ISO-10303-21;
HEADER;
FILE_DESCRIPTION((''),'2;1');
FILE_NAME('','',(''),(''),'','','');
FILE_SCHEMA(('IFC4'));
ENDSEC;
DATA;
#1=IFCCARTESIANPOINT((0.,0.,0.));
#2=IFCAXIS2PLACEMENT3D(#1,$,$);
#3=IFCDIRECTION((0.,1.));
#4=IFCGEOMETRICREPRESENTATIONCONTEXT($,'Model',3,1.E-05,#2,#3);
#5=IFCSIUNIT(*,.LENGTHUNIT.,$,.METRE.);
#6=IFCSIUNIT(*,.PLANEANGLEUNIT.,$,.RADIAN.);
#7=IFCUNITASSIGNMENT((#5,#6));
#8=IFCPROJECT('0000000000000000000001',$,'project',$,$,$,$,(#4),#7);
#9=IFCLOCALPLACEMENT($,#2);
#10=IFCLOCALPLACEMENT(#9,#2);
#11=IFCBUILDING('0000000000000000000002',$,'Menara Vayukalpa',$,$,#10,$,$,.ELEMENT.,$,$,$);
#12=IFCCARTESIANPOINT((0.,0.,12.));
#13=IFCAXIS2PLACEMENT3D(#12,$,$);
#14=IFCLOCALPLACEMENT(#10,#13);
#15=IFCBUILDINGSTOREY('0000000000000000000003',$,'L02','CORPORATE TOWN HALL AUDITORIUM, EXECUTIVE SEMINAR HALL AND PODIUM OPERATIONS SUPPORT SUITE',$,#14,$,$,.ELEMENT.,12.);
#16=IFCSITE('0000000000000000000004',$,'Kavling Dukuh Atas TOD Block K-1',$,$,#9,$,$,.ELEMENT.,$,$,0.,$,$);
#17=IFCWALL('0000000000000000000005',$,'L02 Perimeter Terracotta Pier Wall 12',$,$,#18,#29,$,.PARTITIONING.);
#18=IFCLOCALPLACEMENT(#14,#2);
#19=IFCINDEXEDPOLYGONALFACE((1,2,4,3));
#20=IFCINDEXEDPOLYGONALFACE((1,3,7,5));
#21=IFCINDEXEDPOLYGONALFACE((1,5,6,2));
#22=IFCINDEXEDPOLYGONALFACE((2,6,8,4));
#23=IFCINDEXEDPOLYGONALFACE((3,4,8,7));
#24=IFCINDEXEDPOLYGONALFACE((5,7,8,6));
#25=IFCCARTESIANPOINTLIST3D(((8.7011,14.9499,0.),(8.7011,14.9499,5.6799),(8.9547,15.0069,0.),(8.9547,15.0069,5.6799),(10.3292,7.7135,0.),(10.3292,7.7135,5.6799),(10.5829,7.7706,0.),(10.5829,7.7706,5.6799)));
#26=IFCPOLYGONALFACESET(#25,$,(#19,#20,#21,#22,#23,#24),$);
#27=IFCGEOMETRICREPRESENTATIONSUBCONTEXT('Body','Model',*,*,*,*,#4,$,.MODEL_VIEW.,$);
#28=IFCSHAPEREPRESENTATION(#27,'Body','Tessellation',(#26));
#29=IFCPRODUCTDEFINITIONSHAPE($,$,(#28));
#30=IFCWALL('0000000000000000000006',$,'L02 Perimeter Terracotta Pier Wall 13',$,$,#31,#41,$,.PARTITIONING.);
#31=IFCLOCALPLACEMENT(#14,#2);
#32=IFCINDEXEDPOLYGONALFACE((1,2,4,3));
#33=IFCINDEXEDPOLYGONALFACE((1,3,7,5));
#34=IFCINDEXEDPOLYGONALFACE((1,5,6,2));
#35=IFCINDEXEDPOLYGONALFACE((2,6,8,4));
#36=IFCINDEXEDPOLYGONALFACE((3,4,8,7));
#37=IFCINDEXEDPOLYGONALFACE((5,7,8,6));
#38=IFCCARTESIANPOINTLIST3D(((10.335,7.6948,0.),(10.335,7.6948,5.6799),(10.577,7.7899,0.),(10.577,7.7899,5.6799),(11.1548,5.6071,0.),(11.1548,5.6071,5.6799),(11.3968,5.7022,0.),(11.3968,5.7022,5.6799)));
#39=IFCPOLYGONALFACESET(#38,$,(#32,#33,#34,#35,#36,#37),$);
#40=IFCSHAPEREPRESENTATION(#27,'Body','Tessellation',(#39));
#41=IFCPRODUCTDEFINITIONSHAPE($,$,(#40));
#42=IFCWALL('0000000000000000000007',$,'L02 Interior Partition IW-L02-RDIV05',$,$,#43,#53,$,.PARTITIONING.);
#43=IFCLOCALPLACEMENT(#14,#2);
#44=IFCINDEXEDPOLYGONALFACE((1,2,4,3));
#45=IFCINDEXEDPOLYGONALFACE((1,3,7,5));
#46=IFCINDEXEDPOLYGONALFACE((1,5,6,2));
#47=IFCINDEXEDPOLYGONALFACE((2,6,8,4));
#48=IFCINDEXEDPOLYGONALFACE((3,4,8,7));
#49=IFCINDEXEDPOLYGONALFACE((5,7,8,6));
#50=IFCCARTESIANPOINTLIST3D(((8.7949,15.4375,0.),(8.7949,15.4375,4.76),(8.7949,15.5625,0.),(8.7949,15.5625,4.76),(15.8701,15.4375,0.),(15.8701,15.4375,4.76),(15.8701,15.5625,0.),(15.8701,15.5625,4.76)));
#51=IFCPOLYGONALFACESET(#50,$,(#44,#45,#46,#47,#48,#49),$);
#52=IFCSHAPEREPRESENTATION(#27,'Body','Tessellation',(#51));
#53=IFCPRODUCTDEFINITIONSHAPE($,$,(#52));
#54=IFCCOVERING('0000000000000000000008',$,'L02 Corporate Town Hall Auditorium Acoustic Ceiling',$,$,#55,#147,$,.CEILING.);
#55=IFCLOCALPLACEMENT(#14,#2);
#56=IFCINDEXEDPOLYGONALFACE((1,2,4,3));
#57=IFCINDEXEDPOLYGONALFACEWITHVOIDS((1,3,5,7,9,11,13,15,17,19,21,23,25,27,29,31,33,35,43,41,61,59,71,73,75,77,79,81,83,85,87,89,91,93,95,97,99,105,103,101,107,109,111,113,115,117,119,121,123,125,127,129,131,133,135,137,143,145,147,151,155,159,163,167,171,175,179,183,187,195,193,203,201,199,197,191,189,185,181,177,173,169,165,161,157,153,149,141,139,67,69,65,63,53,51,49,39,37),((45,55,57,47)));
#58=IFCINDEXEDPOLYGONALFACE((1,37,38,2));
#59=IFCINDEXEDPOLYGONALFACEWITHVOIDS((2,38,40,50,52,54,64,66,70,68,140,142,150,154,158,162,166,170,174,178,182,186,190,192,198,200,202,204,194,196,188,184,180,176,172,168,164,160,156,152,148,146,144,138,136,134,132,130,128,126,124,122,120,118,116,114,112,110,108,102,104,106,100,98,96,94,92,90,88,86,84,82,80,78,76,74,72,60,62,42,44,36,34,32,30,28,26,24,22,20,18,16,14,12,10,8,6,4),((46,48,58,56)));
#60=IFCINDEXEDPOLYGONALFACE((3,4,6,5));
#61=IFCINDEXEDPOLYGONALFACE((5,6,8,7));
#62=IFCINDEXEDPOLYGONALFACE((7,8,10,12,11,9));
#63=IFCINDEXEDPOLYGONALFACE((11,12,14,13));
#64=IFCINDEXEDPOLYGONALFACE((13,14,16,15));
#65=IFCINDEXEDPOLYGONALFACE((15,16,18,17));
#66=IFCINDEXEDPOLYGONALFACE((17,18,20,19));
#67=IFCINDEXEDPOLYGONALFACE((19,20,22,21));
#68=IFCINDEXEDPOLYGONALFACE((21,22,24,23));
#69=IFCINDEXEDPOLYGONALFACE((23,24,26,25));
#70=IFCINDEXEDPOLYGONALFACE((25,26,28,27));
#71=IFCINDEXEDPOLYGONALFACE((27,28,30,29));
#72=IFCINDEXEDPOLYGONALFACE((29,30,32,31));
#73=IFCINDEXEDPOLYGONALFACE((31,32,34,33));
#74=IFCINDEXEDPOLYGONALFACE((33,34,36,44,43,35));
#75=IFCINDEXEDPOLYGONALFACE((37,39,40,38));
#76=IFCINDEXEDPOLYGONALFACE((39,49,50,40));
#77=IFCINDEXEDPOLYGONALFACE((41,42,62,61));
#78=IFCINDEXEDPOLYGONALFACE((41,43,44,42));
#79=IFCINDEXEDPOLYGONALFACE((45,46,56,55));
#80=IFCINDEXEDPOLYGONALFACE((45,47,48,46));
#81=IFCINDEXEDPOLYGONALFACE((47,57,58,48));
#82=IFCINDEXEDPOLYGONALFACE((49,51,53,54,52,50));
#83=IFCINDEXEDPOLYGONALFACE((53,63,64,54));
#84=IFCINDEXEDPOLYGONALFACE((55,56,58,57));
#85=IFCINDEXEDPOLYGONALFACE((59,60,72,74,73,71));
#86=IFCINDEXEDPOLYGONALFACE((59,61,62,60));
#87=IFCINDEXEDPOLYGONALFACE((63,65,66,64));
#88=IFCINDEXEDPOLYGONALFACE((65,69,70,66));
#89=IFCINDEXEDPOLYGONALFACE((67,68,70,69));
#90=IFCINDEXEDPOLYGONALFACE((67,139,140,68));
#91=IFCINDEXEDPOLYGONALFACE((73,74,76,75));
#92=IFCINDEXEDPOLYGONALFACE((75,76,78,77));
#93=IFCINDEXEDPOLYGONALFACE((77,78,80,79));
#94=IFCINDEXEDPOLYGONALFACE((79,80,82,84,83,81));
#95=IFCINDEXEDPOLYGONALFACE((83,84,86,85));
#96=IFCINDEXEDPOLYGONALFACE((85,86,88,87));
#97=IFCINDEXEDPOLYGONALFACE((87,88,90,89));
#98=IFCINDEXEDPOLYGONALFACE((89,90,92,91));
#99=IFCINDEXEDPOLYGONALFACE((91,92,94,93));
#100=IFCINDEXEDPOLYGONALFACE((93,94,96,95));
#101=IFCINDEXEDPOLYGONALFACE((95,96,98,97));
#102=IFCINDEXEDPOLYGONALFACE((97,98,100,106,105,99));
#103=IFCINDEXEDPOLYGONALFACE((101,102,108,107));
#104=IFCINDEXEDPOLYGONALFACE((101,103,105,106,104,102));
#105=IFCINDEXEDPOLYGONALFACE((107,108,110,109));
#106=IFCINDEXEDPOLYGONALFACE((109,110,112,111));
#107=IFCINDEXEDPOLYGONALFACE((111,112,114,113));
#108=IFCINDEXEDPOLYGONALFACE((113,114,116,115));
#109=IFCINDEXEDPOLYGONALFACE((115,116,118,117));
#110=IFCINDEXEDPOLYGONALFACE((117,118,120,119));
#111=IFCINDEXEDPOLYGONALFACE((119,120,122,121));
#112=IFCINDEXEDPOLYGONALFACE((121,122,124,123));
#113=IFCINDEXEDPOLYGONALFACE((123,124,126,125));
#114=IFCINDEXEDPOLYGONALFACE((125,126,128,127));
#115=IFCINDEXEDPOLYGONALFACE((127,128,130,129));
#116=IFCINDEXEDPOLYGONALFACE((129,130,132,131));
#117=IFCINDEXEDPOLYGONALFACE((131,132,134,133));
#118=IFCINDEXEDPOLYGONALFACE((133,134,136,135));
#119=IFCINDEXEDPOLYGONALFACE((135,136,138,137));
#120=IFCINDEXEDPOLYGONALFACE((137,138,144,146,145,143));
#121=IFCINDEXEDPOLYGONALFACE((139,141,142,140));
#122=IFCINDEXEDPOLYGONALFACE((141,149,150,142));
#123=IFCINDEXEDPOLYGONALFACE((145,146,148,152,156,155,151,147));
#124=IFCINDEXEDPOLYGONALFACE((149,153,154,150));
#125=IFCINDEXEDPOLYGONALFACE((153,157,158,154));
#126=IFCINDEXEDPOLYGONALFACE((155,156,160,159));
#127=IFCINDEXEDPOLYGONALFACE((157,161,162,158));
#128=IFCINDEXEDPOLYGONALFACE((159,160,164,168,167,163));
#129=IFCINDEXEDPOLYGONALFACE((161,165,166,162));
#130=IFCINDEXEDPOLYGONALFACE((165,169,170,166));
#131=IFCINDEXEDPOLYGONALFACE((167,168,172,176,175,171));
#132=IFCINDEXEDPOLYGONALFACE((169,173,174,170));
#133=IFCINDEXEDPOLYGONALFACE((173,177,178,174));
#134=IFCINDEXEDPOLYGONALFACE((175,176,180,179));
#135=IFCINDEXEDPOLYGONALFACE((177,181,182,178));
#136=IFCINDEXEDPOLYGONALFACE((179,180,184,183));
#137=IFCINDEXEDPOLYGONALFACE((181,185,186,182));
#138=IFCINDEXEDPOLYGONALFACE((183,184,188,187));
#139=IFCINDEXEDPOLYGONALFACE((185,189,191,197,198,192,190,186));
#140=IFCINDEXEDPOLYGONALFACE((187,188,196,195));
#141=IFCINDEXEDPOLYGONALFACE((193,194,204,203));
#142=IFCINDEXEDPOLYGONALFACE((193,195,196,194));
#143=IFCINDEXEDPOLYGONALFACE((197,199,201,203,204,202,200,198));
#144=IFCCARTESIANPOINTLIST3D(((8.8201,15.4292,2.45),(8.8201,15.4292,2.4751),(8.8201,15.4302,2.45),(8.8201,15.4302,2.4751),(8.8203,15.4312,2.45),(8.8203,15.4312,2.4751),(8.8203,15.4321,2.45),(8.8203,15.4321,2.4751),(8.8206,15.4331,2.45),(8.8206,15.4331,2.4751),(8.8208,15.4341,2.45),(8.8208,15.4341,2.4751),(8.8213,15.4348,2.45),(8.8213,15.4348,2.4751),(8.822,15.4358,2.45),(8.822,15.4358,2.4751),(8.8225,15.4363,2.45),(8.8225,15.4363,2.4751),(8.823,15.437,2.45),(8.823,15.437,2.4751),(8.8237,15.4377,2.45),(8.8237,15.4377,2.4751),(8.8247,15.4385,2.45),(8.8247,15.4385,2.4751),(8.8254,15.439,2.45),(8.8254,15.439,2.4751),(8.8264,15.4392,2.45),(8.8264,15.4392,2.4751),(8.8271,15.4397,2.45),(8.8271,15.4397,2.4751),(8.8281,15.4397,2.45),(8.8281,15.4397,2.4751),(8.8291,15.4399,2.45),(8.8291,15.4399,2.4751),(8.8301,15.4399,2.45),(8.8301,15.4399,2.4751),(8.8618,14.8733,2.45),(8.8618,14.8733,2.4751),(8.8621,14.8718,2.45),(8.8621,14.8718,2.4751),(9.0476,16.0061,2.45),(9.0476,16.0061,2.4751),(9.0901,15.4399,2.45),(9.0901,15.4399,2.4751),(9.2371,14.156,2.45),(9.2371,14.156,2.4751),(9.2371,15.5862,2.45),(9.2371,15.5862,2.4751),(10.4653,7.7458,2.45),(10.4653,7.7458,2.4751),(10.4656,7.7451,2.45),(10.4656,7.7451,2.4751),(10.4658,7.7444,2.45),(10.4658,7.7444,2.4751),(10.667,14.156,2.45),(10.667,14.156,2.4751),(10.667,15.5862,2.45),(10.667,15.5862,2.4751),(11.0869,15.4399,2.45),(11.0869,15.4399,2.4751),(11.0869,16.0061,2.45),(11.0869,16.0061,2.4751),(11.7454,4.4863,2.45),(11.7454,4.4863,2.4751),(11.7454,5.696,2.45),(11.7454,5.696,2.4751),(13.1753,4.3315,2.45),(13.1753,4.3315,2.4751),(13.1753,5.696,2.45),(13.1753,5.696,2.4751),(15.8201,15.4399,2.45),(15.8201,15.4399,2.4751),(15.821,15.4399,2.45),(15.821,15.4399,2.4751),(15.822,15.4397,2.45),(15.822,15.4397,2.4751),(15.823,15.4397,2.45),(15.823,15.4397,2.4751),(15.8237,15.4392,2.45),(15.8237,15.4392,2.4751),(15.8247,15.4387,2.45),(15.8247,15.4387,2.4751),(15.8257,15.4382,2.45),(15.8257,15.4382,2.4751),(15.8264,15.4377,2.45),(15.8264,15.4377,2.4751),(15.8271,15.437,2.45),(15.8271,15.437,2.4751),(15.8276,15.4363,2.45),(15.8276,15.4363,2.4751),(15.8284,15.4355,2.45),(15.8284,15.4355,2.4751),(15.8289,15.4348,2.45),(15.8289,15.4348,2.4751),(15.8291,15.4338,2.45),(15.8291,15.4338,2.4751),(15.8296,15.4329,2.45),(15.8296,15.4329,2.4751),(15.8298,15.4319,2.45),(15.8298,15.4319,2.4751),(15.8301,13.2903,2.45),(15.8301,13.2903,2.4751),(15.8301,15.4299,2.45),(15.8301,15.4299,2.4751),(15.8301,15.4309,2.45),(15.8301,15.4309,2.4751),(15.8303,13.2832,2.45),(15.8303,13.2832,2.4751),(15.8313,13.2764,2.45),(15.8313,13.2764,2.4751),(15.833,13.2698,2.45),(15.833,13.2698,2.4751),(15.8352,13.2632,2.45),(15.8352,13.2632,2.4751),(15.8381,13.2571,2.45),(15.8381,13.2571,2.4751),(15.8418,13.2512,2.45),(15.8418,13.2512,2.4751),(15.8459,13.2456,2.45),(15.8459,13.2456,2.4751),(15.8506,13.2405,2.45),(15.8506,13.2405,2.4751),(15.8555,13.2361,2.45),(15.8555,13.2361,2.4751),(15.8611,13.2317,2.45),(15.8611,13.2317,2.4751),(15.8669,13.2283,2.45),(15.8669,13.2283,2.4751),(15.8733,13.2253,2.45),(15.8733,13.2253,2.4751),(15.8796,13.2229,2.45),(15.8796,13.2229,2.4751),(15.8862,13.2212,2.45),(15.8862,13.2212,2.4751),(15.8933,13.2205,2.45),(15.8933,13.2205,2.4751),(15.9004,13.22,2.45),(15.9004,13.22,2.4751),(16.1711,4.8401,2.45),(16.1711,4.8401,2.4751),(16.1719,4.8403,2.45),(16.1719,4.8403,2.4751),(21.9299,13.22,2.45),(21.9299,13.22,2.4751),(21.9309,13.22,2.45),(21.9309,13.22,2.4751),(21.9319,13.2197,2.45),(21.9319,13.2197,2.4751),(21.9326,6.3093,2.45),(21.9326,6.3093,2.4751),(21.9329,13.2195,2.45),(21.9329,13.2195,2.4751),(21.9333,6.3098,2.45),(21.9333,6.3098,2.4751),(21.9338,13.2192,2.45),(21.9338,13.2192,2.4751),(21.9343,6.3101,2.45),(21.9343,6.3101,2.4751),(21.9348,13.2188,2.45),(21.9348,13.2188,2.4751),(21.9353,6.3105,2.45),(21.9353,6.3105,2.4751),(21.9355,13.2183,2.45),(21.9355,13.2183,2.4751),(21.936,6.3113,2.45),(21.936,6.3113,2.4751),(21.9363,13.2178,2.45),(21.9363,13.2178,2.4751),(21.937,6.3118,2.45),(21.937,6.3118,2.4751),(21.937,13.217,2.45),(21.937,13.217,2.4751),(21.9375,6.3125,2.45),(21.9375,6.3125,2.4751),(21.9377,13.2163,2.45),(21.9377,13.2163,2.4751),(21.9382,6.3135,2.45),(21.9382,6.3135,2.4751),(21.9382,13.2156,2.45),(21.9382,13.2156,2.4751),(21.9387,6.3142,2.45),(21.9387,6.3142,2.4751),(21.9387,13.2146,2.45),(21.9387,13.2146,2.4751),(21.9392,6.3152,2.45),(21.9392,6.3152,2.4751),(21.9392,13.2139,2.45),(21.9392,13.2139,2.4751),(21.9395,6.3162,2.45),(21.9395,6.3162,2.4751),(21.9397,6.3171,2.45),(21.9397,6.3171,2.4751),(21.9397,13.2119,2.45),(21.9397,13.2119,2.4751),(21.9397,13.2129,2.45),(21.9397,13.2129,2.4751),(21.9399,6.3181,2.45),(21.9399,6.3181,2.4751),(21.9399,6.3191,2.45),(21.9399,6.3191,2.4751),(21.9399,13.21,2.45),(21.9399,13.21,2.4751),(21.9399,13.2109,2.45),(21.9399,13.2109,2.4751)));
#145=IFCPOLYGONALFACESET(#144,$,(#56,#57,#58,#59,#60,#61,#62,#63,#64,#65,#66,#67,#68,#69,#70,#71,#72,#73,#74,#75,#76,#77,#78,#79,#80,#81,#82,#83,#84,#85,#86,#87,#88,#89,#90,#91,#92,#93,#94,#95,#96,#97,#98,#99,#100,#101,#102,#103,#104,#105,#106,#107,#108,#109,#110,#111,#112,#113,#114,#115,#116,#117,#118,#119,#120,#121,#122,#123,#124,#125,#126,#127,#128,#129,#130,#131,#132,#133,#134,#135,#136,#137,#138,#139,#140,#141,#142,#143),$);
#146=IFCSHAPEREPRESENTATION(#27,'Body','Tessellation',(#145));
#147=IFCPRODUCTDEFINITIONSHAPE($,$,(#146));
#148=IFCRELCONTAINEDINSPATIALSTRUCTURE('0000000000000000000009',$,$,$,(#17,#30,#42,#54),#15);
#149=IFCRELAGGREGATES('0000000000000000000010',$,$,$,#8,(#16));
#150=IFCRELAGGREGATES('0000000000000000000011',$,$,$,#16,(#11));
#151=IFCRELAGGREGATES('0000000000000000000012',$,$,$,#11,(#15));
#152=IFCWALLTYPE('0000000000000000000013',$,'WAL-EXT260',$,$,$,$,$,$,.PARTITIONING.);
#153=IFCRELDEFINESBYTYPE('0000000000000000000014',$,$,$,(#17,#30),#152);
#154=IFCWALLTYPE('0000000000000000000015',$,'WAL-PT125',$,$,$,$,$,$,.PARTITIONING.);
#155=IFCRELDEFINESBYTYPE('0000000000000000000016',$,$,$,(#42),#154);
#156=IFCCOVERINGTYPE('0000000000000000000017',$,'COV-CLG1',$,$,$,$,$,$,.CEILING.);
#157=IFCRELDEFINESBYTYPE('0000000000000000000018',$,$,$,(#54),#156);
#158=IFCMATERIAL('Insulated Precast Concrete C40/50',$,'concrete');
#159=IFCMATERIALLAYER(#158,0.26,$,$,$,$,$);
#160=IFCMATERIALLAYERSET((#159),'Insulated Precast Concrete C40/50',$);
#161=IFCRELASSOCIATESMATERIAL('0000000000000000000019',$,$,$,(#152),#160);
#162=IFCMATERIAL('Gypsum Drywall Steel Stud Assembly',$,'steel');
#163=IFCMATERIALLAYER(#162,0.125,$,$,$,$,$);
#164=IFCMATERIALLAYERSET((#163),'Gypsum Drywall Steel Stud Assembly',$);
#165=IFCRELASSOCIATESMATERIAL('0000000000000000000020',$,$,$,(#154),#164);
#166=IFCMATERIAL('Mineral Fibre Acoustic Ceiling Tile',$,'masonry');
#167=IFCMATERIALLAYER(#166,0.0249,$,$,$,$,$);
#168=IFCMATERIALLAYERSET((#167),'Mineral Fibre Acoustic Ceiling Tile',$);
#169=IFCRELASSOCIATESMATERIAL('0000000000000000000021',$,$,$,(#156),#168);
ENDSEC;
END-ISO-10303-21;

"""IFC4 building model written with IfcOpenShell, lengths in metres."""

from ifc_helpers import new_model, si_unit, direction, frame, frame_2d, origin, place, context, subcontext, project, spatial, polyline, rectangle, outline, extrude, material, layer, layer_set, type_object, element, save


model = new_model("IFC4")

# Units and contexts
model_context = context("Model", 3, precision=1e-05, world=origin(), true_north=direction((0.0, 1.0)))
body_context = subcontext(model_context, "Body", "Model", "MODEL_VIEW")
ifc_project = project(units=[si_unit("LENGTHUNIT", "METRE"), si_unit("PLANEANGLEUNIT", "RADIAN")], contexts=[model_context])

# Site, building, storey
site_placement = place(None, origin())
site = spatial("IfcSite", under=ifc_project, at=site_placement, Name="Kavling Dukuh Atas TOD Block K-1", CompositionType="ELEMENT", RefElevation=0.0)
building_placement = place(site_placement, origin())
building = spatial("IfcBuilding", under=site, at=building_placement, Name="Menara Vayukalpa", CompositionType="ELEMENT")
storey_placement = place(building_placement, frame((0.0, 0.0, 12.0)))
storey = spatial("IfcBuildingStorey", under=building, at=storey_placement, Name="L02", Description="CORPORATE TOWN HALL AUDITORIUM, EXECUTIVE SEMINAR HALL AND PODIUM OPERATIONS SUPPORT SUITE", CompositionType="ELEMENT", Elevation=12.0)

# Walls
ifc_material_1 = material(Name="Insulated Precast Concrete C40/50", Category="concrete")
ifc_layer_1 = layer(ifc_material_1, 0.26)
ifc_layer_set_1 = layer_set([ifc_layer_1], Name="Insulated Precast Concrete C40/50")
wall_type_1 = type_object("IfcWallType", Name="WAL-EXT260", PredefinedType="PARTITIONING", material=ifc_layer_set_1)
wall_1_placement = place(storey_placement, frame((10.4561, 7.7422, 0.0), z_axis=(0.0, 0.0, 1.0), x_axis=(-0.219512, 0.97561, 0.0)))
element("IfcWall", 1, at=wall_1_placement, inside=storey, type_object=wall_type_1, Name="L02 Perimeter Terracotta Pier Wall 12", PredefinedType="PARTITIONING", context=body_context, shape_type="SweptSolid", body=[
    extrude(rectangle(XDim=7.4172, YDim=0.26, at=frame_2d((3.7085, 0.0))), origin(), (0.0, 0.0, 1.0), 5.6799),
])
wall_2_placement = place(storey_placement, frame((11.2759, 5.6545, 0.0), z_axis=(0.0, 0.0, 1.0), x_axis=(-0.365528, 0.9308, 0.0)))
element("IfcWall", 2, at=wall_2_placement, inside=storey, type_object=wall_type_1, Name="L02 Perimeter Terracotta Pier Wall 13", PredefinedType="PARTITIONING", context=body_context, shape_type="SweptSolid", body=[
    extrude(rectangle(XDim=2.2429, YDim=0.26, at=frame_2d((1.1216, 0.0))), origin(), (0.0, 0.0, 1.0), 5.6799),
])
ifc_material_2 = material(Name="Gypsum Drywall Steel Stud Assembly", Category="steel")
ifc_layer_2 = layer(ifc_material_2, 0.125)
ifc_layer_set_2 = layer_set([ifc_layer_2], Name="Gypsum Drywall Steel Stud Assembly")
wall_type_2 = type_object("IfcWallType", Name="WAL-PT125", PredefinedType="PARTITIONING", material=ifc_layer_set_2)
wall_3_placement = place(storey_placement, frame((8.7949, 15.5, 0.0), z_axis=(0.0, 0.0, 1.0), x_axis=(1.0, 0.0, 0.0)))
element("IfcWall", 3, at=wall_3_placement, inside=storey, type_object=wall_type_2, Name="L02 Interior Partition IW-L02-RDIV05", PredefinedType="PARTITIONING", context=body_context, shape_type="SweptSolid", body=[
    extrude(rectangle(XDim=7.0752, YDim=0.125, at=frame_2d((3.5376, 0.0))), origin(), (0.0, 0.0, 1.0), 4.76),
])

# Covering
ifc_material_3 = material(Name="Mineral Fibre Acoustic Ceiling Tile", Category="masonry")
ifc_layer_3 = layer(ifc_material_3, 0.0249)
ifc_layer_set_3 = layer_set([ifc_layer_3], Name="Mineral Fibre Acoustic Ceiling Tile")
covering_type_1 = type_object("IfcCoveringType", Name="COV-CLG1", PredefinedType="CEILING", material=ifc_layer_set_3)
covering_1_placement = place(storey_placement, frame((0.0, 0.0, 2.45)))
element("IfcCovering", 4, at=covering_1_placement, inside=storey, type_object=covering_type_1, Name="L02 Corporate Town Hall Auditorium Acoustic Ceiling", PredefinedType="CEILING", context=body_context, shape_type="SweptSolid", body=[
    extrude(outline(polyline([(10.4658, 7.7444), (10.4656, 7.7451), (10.4653, 7.7458), (8.8621, 14.8718), (8.8618, 14.8733), (8.8201, 15.4292), (8.8201, 15.4302), (8.8203, 15.4312), (8.8203, 15.4321), (8.8206, 15.4331), (8.8208, 15.4341), (8.8213, 15.4348), (8.822, 15.4358), (8.8225, 15.4363), (8.823, 15.437), (8.8237, 15.4377), (8.8247, 15.4385), (8.8254, 15.439), (8.8264, 15.4392), (8.8271, 15.4397), (8.8281, 15.4397), (8.8291, 15.4399), (8.8301, 15.4399), (9.0901, 15.4399), (9.0476, 16.0061), (11.0869, 16.0061), (11.0869, 15.4399), (15.8201, 15.4399), (15.821, 15.4399), (15.822, 15.4397), (15.823, 15.4397), (15.8237, 15.4392), (15.8247, 15.4387), (15.8257, 15.4382), (15.8264, 15.4377), (15.8271, 15.437), (15.8276, 15.4363), (15.8284, 15.4355), (15.8289, 15.4348), (15.8291, 15.4338), (15.8296, 15.4329), (15.8298, 15.4319), (15.8301, 15.4309), (15.8301, 15.4299), (15.8301, 13.2903), (15.8303, 13.2832), (15.8313, 13.2764), (15.833, 13.2698), (15.8352, 13.2632), (15.8381, 13.2571), (15.8418, 13.2512), (15.8459, 13.2456), (15.8506, 13.2405), (15.8555, 13.2361), (15.8611, 13.2317), (15.8669, 13.2283), (15.8733, 13.2253), (15.8796, 13.2229), (15.8862, 13.2212), (15.8933, 13.2205), (15.9004, 13.22), (21.9299, 13.22), (21.9309, 13.22), (21.9319, 13.2197), (21.9329, 13.2195), (21.9338, 13.2192), (21.9348, 13.2188), (21.9355, 13.2183), (21.9363, 13.2178), (21.937, 13.217), (21.9377, 13.2163), (21.9382, 13.2156), (21.9387, 13.2146), (21.9392, 13.2139), (21.9397, 13.2129), (21.9397, 13.2119), (21.9399, 13.2109), (21.9399, 13.21), (21.9399, 6.3191), (21.9399, 6.3181), (21.9397, 6.3171), (21.9395, 6.3162), (21.9392, 6.3152), (21.9387, 6.3142), (21.9382, 6.3135), (21.9375, 6.3125), (21.937, 6.3118), (21.936, 6.3113), (21.9353, 6.3105), (21.9343, 6.3101), (21.9333, 6.3098), (21.9326, 6.3093), (16.1719, 4.8403), (16.1711, 4.8401), (13.1753, 4.3315), (13.1753, 5.696), (11.7454, 5.696), (11.7454, 4.4863), (10.4658, 7.7444)]), holes=[polyline([(10.667, 15.5862), (9.2371, 15.5862), (9.2371, 14.156), (10.667, 14.156), (10.667, 15.5862)])]), origin(), (0.0, 0.0, 1.0), 0.0251),
])

save(model, "model.ifc")
